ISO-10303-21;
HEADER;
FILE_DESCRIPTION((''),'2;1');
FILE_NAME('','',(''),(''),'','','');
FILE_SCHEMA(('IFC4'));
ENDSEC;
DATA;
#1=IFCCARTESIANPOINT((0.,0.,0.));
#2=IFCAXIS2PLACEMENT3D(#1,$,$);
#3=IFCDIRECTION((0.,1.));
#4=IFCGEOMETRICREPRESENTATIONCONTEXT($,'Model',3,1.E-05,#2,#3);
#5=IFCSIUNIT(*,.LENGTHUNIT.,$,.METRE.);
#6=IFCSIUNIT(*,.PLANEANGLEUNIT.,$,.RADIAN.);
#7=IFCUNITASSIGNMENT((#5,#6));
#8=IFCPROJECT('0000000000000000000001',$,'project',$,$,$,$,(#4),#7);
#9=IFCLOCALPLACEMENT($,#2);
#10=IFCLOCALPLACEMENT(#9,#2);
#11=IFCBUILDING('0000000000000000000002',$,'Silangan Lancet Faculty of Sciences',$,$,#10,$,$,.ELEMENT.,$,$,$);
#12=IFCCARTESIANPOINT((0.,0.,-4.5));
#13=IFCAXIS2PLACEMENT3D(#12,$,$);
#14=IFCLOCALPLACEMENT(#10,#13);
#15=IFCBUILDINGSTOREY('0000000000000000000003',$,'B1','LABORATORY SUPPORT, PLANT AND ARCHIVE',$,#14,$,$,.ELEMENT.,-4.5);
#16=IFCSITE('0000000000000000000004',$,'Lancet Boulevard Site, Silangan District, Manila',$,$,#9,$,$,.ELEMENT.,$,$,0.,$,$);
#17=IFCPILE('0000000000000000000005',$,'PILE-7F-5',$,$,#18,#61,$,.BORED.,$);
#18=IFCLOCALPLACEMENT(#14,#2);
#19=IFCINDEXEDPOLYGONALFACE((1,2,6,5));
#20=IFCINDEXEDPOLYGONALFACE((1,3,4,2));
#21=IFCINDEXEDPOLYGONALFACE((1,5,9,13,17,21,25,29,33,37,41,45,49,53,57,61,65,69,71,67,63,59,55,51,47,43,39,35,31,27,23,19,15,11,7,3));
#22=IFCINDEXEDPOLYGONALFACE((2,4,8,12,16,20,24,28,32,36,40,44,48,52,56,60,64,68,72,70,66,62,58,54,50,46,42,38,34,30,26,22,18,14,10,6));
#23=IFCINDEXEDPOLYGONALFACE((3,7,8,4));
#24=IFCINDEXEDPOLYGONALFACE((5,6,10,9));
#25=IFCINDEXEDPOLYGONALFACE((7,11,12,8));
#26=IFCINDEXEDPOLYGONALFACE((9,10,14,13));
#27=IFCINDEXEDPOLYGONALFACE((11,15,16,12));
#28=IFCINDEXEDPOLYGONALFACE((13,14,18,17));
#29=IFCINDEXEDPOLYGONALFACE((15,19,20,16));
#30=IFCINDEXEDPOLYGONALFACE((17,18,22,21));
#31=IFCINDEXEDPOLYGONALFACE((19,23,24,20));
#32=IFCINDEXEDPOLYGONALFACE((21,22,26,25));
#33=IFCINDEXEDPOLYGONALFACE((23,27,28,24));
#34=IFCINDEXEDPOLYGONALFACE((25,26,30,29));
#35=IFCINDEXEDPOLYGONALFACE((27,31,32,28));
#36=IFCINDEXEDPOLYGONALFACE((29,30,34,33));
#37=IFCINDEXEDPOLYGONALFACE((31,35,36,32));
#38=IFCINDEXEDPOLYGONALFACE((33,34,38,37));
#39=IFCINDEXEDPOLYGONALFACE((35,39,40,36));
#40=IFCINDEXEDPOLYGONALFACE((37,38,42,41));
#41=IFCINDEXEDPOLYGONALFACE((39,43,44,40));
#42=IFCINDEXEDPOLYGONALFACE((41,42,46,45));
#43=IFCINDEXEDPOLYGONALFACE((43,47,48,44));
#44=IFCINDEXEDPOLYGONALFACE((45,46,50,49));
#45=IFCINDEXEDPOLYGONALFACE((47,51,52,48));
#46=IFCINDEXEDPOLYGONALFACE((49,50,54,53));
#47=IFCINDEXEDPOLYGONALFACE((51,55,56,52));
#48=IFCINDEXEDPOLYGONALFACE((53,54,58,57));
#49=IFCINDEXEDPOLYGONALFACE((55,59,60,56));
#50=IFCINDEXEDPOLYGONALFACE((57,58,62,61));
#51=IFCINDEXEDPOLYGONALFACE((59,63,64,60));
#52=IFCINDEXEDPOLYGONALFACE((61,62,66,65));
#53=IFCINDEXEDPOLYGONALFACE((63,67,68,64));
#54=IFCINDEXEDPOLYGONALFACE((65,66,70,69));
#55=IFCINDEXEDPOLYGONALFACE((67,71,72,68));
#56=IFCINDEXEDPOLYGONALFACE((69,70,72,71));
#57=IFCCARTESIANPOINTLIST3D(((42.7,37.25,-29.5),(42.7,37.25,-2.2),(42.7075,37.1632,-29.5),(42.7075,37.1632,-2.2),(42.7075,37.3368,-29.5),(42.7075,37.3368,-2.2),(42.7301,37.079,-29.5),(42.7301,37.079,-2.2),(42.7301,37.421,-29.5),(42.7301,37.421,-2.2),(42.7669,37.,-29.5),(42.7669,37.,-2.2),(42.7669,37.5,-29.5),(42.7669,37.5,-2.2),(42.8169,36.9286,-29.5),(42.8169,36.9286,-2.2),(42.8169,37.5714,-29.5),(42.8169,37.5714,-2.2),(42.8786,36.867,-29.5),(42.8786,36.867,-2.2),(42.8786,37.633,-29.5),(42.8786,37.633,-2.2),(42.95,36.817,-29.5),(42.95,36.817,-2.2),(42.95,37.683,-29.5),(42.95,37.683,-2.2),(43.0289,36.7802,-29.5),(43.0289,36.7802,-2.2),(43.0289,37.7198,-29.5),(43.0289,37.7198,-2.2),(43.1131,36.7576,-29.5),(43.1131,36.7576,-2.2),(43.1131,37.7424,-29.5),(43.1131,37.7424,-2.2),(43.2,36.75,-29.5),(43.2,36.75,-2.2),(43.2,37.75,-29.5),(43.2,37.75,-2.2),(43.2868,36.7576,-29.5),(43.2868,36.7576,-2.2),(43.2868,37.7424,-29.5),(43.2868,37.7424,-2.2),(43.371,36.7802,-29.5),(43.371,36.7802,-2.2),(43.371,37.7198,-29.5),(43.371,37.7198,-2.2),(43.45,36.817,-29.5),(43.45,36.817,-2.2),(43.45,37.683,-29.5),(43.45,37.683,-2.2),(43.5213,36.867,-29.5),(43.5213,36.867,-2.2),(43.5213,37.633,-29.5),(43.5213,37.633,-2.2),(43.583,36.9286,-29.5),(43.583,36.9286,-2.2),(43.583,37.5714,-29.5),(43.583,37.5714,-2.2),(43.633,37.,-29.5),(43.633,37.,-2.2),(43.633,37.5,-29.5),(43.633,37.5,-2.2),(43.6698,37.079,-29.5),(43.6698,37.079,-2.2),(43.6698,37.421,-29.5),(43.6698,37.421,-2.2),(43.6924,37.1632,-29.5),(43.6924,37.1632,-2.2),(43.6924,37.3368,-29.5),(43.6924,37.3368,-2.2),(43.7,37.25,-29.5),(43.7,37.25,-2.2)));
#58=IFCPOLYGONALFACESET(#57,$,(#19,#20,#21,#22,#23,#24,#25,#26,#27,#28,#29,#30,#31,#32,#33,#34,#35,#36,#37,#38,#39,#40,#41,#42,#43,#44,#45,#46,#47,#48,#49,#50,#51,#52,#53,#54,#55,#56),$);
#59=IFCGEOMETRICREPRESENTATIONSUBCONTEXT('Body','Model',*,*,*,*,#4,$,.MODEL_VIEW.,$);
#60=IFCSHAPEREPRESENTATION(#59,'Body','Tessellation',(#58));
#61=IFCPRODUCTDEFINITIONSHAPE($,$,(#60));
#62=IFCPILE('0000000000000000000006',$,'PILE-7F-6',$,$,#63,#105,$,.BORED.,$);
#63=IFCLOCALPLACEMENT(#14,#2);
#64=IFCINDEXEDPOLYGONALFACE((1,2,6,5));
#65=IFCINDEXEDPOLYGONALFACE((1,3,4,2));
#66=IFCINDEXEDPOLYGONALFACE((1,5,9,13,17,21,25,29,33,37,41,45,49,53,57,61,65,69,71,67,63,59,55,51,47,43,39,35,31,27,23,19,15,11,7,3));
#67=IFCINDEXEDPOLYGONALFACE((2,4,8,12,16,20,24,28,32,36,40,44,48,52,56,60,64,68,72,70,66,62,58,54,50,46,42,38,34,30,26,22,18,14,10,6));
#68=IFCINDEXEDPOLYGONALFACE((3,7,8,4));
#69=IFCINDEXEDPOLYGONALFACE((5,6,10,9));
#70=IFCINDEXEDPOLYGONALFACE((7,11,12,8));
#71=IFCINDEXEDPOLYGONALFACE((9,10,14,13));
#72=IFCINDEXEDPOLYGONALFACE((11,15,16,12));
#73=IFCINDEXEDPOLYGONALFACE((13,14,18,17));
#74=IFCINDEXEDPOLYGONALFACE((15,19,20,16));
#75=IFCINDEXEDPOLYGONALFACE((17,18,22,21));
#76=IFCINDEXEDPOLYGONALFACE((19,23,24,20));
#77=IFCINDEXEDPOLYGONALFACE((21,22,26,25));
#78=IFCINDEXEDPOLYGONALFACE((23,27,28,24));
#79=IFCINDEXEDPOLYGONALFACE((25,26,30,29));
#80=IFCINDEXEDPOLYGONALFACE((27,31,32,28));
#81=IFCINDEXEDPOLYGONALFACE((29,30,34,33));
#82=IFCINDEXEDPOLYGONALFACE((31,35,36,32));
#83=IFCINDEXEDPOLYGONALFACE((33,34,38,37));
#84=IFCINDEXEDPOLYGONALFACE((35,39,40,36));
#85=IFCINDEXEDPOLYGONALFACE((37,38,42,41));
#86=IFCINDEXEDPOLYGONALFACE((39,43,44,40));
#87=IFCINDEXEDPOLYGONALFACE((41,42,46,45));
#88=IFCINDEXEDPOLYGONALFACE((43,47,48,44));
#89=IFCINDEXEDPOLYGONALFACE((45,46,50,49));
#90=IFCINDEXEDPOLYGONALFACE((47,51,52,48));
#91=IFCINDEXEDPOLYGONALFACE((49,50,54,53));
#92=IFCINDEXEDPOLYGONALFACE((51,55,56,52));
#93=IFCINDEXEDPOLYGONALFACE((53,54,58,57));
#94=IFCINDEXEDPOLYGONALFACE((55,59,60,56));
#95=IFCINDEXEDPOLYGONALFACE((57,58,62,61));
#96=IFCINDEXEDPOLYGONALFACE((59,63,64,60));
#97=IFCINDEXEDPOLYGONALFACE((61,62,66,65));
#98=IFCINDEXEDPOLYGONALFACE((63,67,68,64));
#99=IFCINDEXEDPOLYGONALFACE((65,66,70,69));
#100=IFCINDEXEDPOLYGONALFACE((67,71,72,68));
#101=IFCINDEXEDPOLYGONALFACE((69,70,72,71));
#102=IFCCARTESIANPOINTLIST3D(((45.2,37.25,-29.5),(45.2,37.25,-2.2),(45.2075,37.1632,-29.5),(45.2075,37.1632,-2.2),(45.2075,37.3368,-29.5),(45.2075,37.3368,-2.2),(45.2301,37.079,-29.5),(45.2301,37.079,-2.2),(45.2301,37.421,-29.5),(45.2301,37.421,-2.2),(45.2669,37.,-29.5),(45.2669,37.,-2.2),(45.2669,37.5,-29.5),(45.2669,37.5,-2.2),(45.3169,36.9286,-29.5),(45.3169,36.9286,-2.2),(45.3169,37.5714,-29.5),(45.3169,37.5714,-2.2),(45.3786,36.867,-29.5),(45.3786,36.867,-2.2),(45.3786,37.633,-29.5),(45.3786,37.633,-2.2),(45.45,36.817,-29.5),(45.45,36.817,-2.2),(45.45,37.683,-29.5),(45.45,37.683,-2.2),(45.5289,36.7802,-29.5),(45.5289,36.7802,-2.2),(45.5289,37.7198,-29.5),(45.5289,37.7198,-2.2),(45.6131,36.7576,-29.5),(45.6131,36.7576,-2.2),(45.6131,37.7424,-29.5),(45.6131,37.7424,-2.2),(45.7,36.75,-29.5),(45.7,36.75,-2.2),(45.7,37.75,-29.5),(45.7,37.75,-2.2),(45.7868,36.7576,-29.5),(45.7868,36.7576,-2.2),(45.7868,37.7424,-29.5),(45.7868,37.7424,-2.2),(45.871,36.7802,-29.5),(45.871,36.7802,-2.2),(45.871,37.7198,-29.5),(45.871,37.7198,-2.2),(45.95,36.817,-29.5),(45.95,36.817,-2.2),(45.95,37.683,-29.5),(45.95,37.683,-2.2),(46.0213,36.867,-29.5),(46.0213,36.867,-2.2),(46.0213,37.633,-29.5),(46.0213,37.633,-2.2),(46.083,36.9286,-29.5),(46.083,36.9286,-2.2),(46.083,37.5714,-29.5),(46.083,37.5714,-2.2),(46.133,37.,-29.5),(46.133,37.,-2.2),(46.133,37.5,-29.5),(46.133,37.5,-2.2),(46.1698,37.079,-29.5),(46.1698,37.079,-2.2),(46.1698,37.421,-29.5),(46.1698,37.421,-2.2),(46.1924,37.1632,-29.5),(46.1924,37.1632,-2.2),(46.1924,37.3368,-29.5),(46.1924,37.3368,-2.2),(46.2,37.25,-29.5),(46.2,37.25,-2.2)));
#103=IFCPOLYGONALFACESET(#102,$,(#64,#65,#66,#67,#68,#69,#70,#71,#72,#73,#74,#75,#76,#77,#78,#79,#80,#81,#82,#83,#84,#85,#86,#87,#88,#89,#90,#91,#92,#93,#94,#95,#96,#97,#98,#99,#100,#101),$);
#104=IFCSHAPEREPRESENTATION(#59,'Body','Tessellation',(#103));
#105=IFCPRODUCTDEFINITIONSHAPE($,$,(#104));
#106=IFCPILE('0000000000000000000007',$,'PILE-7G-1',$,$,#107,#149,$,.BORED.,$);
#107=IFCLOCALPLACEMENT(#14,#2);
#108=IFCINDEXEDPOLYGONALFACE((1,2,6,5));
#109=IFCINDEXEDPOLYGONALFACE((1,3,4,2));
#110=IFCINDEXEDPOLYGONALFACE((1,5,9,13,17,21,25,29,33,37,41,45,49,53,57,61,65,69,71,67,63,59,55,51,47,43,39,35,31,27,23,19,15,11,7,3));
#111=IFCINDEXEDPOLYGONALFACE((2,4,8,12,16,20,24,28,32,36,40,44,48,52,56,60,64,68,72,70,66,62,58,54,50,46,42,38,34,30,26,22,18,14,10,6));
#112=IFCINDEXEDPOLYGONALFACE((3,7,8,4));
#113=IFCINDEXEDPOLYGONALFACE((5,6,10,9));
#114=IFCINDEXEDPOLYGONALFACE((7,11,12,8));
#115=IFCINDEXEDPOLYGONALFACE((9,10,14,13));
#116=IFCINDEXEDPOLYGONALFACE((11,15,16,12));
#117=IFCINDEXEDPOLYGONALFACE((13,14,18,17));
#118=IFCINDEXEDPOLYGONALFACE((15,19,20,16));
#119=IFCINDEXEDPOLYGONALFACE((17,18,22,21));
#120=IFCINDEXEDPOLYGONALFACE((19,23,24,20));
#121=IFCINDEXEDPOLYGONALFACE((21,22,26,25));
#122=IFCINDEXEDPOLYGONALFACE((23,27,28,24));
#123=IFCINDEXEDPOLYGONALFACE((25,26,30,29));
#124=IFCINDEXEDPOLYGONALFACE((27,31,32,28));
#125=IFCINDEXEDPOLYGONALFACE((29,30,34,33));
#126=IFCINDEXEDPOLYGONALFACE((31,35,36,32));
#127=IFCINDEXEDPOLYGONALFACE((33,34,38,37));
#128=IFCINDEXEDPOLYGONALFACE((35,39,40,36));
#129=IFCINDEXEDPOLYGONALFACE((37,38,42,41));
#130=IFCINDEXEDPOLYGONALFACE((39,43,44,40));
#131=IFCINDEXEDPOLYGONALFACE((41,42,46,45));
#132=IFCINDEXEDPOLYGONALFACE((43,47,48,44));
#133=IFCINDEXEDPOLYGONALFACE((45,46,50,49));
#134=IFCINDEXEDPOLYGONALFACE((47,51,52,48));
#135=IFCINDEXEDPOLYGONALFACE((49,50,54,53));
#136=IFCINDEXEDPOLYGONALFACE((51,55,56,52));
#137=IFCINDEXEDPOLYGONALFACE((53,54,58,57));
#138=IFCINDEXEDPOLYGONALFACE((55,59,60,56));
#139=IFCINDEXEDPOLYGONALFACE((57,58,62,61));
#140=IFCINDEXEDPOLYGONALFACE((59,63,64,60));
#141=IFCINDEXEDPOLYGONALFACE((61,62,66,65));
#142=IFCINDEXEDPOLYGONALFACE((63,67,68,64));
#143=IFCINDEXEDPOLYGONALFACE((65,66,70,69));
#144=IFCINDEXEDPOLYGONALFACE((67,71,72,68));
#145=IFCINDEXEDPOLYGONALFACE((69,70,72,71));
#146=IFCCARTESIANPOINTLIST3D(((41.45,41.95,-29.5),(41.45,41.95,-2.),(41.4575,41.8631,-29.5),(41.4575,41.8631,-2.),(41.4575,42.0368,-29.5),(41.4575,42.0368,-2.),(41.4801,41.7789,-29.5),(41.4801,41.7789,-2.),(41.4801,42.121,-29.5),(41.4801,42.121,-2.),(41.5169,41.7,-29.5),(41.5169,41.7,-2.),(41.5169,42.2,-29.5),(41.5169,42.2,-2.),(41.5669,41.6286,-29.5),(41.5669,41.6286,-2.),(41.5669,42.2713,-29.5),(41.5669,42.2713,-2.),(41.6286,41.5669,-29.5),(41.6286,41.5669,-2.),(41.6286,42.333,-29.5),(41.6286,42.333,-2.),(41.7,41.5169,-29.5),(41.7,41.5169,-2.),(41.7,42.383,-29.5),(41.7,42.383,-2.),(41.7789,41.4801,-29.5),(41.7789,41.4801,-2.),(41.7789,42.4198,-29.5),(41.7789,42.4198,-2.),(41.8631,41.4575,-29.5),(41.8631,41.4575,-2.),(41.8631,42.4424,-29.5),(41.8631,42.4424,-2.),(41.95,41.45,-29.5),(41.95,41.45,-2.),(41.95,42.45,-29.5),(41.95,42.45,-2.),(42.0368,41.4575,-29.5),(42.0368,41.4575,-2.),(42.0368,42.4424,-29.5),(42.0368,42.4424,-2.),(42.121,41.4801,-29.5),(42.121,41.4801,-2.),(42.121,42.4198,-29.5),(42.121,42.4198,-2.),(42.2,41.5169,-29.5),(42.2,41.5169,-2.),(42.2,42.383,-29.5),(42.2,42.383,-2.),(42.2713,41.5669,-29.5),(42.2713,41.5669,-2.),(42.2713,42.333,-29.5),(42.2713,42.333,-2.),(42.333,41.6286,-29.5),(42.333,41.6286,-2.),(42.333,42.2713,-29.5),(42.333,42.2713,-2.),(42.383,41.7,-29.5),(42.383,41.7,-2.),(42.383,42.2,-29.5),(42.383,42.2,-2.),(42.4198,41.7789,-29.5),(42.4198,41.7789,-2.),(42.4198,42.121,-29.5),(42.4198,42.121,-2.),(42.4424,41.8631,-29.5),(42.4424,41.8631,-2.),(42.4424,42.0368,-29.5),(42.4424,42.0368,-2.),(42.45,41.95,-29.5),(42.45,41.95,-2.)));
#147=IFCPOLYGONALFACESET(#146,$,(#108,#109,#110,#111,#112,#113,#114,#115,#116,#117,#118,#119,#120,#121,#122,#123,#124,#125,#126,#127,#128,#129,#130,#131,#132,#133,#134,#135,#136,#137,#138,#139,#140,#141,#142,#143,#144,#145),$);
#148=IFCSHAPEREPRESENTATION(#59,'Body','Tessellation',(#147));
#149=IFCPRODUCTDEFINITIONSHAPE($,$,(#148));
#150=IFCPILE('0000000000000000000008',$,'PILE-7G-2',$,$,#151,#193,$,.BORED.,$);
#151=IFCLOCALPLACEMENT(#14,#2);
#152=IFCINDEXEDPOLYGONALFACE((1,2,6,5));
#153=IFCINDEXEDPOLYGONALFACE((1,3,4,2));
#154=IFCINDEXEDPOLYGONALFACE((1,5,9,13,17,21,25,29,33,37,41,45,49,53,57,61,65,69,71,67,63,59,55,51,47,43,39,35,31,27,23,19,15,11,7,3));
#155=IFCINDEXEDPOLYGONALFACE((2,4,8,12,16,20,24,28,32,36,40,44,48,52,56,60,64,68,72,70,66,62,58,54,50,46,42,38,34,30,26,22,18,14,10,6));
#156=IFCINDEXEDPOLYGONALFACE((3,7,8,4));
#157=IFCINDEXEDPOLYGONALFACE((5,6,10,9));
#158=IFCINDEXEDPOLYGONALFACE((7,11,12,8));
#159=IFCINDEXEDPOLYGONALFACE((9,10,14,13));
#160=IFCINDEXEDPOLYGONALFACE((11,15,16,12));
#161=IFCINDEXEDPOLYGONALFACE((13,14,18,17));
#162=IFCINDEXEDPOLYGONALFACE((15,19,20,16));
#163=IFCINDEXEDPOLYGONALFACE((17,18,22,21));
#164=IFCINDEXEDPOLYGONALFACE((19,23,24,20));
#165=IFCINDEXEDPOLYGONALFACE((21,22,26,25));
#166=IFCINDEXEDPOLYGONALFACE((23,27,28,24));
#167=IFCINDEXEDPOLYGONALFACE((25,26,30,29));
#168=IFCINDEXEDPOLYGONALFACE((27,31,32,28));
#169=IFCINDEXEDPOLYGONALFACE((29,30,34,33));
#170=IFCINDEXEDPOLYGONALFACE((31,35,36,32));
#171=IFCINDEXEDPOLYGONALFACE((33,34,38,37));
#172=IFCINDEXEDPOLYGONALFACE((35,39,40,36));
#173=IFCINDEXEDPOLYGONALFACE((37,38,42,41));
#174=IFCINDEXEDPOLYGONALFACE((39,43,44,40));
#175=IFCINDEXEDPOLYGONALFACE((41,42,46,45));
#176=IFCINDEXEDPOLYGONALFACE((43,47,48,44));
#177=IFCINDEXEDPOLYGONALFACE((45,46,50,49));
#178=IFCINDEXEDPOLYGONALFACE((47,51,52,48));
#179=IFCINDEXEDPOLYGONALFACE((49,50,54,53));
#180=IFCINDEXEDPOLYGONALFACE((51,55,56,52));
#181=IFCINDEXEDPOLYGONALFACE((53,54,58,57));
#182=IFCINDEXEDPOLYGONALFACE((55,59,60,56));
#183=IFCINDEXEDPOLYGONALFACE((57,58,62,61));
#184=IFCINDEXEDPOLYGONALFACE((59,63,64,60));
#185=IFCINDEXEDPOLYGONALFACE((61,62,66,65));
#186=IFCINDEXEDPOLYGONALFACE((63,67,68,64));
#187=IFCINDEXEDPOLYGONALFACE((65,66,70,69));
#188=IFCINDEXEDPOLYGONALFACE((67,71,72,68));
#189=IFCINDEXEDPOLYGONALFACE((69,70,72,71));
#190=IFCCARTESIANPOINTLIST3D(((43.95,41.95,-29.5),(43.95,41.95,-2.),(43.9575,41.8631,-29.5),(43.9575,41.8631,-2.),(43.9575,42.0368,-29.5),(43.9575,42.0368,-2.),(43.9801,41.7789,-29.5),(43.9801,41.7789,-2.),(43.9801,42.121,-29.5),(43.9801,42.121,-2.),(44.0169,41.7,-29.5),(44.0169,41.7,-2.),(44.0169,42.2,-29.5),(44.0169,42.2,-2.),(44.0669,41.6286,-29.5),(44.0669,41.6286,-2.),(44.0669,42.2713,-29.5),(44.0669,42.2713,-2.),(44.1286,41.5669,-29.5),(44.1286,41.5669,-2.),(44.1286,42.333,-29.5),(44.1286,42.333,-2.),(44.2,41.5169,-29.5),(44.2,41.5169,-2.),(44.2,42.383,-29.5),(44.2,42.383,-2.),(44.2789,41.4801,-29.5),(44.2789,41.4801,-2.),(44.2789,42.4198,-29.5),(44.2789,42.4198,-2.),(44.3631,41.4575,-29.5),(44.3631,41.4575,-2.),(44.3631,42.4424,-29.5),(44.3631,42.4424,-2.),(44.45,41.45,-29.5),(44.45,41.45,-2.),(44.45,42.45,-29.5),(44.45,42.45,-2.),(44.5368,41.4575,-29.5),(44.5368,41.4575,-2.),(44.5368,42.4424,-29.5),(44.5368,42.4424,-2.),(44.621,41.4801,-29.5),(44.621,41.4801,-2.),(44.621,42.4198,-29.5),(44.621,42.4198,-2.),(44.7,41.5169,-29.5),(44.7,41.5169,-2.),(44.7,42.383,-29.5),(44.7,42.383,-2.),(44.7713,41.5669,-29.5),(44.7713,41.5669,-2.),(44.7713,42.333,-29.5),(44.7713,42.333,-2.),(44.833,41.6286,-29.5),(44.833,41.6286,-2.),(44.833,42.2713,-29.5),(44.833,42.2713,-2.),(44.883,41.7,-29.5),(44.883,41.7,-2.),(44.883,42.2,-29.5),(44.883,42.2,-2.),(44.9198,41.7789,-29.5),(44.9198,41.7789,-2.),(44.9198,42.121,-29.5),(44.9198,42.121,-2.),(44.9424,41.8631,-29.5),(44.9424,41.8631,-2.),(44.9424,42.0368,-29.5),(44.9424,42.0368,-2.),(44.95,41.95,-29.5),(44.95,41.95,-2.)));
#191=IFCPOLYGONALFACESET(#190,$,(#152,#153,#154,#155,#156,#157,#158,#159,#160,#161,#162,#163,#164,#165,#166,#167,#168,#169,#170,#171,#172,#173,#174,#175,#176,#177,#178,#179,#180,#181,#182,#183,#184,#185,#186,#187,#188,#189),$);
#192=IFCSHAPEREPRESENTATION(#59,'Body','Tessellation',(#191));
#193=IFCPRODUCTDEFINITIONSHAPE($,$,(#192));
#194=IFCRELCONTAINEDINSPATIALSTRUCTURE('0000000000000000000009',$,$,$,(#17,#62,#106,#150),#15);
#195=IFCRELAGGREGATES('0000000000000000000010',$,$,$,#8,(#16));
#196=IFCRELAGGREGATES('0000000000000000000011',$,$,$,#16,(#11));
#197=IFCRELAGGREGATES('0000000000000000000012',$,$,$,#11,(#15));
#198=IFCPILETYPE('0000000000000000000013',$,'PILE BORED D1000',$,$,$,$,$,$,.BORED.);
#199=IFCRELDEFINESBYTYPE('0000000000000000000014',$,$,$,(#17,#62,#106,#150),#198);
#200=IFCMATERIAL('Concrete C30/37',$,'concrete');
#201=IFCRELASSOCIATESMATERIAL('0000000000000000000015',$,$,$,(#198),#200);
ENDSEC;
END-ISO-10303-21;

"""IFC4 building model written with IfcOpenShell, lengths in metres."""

from ifc_helpers import new_model, si_unit, direction, frame, origin, origin_2d, place, context, subcontext, project, spatial, circle, extrude, material, material_profile, profile_set, type_object, element, save


model = new_model("IFC4")

# Units and contexts
model_context = context("Model", 3, precision=1e-05, world=origin(), true_north=direction((0.0, 1.0)))
body_context = subcontext(model_context, "Body", "Model", "MODEL_VIEW")
ifc_project = project(units=[si_unit("LENGTHUNIT", "METRE"), si_unit("PLANEANGLEUNIT", "RADIAN")], contexts=[model_context])

# Site, building, storey
site_placement = place(None, origin())
site = spatial("IfcSite", under=ifc_project, at=site_placement, Name="Lancet Boulevard Site, Silangan District, Manila", CompositionType="ELEMENT", RefElevation=0.0)
building_placement = place(site_placement, origin())
building = spatial("IfcBuilding", under=site, at=building_placement, Name="Silangan Lancet Faculty of Sciences", CompositionType="ELEMENT")
storey_placement = place(building_placement, frame((0.0, 0.0, -4.5)))
storey = spatial("IfcBuildingStorey", under=building, at=storey_placement, Name="B1", Description="LABORATORY SUPPORT, PLANT AND ARCHIVE", CompositionType="ELEMENT", Elevation=-4.5)

# Piles
ifc_material_1 = material(Name="Concrete C30/37", Category="concrete")
ifc_material_profile_1 = material_profile(ifc_material_1, circle(Radius=0.5, at=origin_2d()), Name="BORED PILE D1000")
ifc_profile_set_1 = profile_set([ifc_material_profile_1], Name="Concrete C30/37")
pile_type = type_object("IfcPileType", Name="PILE BORED D1000", PredefinedType="BORED", material=ifc_profile_set_1)
for number, where, z_axis, x_axis, name in (
    (1, (43.2, 37.25, -2.2), (0.0, 0.0, -1.0), (1.0, 0.0, 0.0), "PILE-7F-5"),
    (2, (45.7, 37.25, -2.2), (0.0, 0.0, -1.0), (1.0, 0.0, 0.0), "PILE-7F-6"),
):
    element("IfcPile", number, at=place(storey_placement, frame(where, z_axis=z_axis, x_axis=x_axis)), inside=storey, type_object=pile_type, Name=name, PredefinedType="BORED", context=body_context, shape_type="SweptSolid", body=[
        extrude(circle(Radius=0.5, at=origin_2d()), origin(), (0.0, 0.0, 1.0), 27.3),
    ])
for number, where, z_axis, x_axis, name in (
    (3, (41.95, 41.95, -2.0), (0.0, 0.0, -1.0), (1.0, 0.0, 0.0), "PILE-7G-1"),
    (4, (44.45, 41.95, -2.0), (0.0, 0.0, -1.0), (1.0, 0.0, 0.0), "PILE-7G-2"),
):
    element("IfcPile", number, at=place(storey_placement, frame(where, z_axis=z_axis, x_axis=x_axis)), inside=storey, type_object=pile_type, Name=name, PredefinedType="BORED", context=body_context, shape_type="SweptSolid", body=[
        extrude(circle(Radius=0.5, at=origin_2d()), origin(), (0.0, 0.0, 1.0), 27.5),
    ])

save(model, "model.ifc")
